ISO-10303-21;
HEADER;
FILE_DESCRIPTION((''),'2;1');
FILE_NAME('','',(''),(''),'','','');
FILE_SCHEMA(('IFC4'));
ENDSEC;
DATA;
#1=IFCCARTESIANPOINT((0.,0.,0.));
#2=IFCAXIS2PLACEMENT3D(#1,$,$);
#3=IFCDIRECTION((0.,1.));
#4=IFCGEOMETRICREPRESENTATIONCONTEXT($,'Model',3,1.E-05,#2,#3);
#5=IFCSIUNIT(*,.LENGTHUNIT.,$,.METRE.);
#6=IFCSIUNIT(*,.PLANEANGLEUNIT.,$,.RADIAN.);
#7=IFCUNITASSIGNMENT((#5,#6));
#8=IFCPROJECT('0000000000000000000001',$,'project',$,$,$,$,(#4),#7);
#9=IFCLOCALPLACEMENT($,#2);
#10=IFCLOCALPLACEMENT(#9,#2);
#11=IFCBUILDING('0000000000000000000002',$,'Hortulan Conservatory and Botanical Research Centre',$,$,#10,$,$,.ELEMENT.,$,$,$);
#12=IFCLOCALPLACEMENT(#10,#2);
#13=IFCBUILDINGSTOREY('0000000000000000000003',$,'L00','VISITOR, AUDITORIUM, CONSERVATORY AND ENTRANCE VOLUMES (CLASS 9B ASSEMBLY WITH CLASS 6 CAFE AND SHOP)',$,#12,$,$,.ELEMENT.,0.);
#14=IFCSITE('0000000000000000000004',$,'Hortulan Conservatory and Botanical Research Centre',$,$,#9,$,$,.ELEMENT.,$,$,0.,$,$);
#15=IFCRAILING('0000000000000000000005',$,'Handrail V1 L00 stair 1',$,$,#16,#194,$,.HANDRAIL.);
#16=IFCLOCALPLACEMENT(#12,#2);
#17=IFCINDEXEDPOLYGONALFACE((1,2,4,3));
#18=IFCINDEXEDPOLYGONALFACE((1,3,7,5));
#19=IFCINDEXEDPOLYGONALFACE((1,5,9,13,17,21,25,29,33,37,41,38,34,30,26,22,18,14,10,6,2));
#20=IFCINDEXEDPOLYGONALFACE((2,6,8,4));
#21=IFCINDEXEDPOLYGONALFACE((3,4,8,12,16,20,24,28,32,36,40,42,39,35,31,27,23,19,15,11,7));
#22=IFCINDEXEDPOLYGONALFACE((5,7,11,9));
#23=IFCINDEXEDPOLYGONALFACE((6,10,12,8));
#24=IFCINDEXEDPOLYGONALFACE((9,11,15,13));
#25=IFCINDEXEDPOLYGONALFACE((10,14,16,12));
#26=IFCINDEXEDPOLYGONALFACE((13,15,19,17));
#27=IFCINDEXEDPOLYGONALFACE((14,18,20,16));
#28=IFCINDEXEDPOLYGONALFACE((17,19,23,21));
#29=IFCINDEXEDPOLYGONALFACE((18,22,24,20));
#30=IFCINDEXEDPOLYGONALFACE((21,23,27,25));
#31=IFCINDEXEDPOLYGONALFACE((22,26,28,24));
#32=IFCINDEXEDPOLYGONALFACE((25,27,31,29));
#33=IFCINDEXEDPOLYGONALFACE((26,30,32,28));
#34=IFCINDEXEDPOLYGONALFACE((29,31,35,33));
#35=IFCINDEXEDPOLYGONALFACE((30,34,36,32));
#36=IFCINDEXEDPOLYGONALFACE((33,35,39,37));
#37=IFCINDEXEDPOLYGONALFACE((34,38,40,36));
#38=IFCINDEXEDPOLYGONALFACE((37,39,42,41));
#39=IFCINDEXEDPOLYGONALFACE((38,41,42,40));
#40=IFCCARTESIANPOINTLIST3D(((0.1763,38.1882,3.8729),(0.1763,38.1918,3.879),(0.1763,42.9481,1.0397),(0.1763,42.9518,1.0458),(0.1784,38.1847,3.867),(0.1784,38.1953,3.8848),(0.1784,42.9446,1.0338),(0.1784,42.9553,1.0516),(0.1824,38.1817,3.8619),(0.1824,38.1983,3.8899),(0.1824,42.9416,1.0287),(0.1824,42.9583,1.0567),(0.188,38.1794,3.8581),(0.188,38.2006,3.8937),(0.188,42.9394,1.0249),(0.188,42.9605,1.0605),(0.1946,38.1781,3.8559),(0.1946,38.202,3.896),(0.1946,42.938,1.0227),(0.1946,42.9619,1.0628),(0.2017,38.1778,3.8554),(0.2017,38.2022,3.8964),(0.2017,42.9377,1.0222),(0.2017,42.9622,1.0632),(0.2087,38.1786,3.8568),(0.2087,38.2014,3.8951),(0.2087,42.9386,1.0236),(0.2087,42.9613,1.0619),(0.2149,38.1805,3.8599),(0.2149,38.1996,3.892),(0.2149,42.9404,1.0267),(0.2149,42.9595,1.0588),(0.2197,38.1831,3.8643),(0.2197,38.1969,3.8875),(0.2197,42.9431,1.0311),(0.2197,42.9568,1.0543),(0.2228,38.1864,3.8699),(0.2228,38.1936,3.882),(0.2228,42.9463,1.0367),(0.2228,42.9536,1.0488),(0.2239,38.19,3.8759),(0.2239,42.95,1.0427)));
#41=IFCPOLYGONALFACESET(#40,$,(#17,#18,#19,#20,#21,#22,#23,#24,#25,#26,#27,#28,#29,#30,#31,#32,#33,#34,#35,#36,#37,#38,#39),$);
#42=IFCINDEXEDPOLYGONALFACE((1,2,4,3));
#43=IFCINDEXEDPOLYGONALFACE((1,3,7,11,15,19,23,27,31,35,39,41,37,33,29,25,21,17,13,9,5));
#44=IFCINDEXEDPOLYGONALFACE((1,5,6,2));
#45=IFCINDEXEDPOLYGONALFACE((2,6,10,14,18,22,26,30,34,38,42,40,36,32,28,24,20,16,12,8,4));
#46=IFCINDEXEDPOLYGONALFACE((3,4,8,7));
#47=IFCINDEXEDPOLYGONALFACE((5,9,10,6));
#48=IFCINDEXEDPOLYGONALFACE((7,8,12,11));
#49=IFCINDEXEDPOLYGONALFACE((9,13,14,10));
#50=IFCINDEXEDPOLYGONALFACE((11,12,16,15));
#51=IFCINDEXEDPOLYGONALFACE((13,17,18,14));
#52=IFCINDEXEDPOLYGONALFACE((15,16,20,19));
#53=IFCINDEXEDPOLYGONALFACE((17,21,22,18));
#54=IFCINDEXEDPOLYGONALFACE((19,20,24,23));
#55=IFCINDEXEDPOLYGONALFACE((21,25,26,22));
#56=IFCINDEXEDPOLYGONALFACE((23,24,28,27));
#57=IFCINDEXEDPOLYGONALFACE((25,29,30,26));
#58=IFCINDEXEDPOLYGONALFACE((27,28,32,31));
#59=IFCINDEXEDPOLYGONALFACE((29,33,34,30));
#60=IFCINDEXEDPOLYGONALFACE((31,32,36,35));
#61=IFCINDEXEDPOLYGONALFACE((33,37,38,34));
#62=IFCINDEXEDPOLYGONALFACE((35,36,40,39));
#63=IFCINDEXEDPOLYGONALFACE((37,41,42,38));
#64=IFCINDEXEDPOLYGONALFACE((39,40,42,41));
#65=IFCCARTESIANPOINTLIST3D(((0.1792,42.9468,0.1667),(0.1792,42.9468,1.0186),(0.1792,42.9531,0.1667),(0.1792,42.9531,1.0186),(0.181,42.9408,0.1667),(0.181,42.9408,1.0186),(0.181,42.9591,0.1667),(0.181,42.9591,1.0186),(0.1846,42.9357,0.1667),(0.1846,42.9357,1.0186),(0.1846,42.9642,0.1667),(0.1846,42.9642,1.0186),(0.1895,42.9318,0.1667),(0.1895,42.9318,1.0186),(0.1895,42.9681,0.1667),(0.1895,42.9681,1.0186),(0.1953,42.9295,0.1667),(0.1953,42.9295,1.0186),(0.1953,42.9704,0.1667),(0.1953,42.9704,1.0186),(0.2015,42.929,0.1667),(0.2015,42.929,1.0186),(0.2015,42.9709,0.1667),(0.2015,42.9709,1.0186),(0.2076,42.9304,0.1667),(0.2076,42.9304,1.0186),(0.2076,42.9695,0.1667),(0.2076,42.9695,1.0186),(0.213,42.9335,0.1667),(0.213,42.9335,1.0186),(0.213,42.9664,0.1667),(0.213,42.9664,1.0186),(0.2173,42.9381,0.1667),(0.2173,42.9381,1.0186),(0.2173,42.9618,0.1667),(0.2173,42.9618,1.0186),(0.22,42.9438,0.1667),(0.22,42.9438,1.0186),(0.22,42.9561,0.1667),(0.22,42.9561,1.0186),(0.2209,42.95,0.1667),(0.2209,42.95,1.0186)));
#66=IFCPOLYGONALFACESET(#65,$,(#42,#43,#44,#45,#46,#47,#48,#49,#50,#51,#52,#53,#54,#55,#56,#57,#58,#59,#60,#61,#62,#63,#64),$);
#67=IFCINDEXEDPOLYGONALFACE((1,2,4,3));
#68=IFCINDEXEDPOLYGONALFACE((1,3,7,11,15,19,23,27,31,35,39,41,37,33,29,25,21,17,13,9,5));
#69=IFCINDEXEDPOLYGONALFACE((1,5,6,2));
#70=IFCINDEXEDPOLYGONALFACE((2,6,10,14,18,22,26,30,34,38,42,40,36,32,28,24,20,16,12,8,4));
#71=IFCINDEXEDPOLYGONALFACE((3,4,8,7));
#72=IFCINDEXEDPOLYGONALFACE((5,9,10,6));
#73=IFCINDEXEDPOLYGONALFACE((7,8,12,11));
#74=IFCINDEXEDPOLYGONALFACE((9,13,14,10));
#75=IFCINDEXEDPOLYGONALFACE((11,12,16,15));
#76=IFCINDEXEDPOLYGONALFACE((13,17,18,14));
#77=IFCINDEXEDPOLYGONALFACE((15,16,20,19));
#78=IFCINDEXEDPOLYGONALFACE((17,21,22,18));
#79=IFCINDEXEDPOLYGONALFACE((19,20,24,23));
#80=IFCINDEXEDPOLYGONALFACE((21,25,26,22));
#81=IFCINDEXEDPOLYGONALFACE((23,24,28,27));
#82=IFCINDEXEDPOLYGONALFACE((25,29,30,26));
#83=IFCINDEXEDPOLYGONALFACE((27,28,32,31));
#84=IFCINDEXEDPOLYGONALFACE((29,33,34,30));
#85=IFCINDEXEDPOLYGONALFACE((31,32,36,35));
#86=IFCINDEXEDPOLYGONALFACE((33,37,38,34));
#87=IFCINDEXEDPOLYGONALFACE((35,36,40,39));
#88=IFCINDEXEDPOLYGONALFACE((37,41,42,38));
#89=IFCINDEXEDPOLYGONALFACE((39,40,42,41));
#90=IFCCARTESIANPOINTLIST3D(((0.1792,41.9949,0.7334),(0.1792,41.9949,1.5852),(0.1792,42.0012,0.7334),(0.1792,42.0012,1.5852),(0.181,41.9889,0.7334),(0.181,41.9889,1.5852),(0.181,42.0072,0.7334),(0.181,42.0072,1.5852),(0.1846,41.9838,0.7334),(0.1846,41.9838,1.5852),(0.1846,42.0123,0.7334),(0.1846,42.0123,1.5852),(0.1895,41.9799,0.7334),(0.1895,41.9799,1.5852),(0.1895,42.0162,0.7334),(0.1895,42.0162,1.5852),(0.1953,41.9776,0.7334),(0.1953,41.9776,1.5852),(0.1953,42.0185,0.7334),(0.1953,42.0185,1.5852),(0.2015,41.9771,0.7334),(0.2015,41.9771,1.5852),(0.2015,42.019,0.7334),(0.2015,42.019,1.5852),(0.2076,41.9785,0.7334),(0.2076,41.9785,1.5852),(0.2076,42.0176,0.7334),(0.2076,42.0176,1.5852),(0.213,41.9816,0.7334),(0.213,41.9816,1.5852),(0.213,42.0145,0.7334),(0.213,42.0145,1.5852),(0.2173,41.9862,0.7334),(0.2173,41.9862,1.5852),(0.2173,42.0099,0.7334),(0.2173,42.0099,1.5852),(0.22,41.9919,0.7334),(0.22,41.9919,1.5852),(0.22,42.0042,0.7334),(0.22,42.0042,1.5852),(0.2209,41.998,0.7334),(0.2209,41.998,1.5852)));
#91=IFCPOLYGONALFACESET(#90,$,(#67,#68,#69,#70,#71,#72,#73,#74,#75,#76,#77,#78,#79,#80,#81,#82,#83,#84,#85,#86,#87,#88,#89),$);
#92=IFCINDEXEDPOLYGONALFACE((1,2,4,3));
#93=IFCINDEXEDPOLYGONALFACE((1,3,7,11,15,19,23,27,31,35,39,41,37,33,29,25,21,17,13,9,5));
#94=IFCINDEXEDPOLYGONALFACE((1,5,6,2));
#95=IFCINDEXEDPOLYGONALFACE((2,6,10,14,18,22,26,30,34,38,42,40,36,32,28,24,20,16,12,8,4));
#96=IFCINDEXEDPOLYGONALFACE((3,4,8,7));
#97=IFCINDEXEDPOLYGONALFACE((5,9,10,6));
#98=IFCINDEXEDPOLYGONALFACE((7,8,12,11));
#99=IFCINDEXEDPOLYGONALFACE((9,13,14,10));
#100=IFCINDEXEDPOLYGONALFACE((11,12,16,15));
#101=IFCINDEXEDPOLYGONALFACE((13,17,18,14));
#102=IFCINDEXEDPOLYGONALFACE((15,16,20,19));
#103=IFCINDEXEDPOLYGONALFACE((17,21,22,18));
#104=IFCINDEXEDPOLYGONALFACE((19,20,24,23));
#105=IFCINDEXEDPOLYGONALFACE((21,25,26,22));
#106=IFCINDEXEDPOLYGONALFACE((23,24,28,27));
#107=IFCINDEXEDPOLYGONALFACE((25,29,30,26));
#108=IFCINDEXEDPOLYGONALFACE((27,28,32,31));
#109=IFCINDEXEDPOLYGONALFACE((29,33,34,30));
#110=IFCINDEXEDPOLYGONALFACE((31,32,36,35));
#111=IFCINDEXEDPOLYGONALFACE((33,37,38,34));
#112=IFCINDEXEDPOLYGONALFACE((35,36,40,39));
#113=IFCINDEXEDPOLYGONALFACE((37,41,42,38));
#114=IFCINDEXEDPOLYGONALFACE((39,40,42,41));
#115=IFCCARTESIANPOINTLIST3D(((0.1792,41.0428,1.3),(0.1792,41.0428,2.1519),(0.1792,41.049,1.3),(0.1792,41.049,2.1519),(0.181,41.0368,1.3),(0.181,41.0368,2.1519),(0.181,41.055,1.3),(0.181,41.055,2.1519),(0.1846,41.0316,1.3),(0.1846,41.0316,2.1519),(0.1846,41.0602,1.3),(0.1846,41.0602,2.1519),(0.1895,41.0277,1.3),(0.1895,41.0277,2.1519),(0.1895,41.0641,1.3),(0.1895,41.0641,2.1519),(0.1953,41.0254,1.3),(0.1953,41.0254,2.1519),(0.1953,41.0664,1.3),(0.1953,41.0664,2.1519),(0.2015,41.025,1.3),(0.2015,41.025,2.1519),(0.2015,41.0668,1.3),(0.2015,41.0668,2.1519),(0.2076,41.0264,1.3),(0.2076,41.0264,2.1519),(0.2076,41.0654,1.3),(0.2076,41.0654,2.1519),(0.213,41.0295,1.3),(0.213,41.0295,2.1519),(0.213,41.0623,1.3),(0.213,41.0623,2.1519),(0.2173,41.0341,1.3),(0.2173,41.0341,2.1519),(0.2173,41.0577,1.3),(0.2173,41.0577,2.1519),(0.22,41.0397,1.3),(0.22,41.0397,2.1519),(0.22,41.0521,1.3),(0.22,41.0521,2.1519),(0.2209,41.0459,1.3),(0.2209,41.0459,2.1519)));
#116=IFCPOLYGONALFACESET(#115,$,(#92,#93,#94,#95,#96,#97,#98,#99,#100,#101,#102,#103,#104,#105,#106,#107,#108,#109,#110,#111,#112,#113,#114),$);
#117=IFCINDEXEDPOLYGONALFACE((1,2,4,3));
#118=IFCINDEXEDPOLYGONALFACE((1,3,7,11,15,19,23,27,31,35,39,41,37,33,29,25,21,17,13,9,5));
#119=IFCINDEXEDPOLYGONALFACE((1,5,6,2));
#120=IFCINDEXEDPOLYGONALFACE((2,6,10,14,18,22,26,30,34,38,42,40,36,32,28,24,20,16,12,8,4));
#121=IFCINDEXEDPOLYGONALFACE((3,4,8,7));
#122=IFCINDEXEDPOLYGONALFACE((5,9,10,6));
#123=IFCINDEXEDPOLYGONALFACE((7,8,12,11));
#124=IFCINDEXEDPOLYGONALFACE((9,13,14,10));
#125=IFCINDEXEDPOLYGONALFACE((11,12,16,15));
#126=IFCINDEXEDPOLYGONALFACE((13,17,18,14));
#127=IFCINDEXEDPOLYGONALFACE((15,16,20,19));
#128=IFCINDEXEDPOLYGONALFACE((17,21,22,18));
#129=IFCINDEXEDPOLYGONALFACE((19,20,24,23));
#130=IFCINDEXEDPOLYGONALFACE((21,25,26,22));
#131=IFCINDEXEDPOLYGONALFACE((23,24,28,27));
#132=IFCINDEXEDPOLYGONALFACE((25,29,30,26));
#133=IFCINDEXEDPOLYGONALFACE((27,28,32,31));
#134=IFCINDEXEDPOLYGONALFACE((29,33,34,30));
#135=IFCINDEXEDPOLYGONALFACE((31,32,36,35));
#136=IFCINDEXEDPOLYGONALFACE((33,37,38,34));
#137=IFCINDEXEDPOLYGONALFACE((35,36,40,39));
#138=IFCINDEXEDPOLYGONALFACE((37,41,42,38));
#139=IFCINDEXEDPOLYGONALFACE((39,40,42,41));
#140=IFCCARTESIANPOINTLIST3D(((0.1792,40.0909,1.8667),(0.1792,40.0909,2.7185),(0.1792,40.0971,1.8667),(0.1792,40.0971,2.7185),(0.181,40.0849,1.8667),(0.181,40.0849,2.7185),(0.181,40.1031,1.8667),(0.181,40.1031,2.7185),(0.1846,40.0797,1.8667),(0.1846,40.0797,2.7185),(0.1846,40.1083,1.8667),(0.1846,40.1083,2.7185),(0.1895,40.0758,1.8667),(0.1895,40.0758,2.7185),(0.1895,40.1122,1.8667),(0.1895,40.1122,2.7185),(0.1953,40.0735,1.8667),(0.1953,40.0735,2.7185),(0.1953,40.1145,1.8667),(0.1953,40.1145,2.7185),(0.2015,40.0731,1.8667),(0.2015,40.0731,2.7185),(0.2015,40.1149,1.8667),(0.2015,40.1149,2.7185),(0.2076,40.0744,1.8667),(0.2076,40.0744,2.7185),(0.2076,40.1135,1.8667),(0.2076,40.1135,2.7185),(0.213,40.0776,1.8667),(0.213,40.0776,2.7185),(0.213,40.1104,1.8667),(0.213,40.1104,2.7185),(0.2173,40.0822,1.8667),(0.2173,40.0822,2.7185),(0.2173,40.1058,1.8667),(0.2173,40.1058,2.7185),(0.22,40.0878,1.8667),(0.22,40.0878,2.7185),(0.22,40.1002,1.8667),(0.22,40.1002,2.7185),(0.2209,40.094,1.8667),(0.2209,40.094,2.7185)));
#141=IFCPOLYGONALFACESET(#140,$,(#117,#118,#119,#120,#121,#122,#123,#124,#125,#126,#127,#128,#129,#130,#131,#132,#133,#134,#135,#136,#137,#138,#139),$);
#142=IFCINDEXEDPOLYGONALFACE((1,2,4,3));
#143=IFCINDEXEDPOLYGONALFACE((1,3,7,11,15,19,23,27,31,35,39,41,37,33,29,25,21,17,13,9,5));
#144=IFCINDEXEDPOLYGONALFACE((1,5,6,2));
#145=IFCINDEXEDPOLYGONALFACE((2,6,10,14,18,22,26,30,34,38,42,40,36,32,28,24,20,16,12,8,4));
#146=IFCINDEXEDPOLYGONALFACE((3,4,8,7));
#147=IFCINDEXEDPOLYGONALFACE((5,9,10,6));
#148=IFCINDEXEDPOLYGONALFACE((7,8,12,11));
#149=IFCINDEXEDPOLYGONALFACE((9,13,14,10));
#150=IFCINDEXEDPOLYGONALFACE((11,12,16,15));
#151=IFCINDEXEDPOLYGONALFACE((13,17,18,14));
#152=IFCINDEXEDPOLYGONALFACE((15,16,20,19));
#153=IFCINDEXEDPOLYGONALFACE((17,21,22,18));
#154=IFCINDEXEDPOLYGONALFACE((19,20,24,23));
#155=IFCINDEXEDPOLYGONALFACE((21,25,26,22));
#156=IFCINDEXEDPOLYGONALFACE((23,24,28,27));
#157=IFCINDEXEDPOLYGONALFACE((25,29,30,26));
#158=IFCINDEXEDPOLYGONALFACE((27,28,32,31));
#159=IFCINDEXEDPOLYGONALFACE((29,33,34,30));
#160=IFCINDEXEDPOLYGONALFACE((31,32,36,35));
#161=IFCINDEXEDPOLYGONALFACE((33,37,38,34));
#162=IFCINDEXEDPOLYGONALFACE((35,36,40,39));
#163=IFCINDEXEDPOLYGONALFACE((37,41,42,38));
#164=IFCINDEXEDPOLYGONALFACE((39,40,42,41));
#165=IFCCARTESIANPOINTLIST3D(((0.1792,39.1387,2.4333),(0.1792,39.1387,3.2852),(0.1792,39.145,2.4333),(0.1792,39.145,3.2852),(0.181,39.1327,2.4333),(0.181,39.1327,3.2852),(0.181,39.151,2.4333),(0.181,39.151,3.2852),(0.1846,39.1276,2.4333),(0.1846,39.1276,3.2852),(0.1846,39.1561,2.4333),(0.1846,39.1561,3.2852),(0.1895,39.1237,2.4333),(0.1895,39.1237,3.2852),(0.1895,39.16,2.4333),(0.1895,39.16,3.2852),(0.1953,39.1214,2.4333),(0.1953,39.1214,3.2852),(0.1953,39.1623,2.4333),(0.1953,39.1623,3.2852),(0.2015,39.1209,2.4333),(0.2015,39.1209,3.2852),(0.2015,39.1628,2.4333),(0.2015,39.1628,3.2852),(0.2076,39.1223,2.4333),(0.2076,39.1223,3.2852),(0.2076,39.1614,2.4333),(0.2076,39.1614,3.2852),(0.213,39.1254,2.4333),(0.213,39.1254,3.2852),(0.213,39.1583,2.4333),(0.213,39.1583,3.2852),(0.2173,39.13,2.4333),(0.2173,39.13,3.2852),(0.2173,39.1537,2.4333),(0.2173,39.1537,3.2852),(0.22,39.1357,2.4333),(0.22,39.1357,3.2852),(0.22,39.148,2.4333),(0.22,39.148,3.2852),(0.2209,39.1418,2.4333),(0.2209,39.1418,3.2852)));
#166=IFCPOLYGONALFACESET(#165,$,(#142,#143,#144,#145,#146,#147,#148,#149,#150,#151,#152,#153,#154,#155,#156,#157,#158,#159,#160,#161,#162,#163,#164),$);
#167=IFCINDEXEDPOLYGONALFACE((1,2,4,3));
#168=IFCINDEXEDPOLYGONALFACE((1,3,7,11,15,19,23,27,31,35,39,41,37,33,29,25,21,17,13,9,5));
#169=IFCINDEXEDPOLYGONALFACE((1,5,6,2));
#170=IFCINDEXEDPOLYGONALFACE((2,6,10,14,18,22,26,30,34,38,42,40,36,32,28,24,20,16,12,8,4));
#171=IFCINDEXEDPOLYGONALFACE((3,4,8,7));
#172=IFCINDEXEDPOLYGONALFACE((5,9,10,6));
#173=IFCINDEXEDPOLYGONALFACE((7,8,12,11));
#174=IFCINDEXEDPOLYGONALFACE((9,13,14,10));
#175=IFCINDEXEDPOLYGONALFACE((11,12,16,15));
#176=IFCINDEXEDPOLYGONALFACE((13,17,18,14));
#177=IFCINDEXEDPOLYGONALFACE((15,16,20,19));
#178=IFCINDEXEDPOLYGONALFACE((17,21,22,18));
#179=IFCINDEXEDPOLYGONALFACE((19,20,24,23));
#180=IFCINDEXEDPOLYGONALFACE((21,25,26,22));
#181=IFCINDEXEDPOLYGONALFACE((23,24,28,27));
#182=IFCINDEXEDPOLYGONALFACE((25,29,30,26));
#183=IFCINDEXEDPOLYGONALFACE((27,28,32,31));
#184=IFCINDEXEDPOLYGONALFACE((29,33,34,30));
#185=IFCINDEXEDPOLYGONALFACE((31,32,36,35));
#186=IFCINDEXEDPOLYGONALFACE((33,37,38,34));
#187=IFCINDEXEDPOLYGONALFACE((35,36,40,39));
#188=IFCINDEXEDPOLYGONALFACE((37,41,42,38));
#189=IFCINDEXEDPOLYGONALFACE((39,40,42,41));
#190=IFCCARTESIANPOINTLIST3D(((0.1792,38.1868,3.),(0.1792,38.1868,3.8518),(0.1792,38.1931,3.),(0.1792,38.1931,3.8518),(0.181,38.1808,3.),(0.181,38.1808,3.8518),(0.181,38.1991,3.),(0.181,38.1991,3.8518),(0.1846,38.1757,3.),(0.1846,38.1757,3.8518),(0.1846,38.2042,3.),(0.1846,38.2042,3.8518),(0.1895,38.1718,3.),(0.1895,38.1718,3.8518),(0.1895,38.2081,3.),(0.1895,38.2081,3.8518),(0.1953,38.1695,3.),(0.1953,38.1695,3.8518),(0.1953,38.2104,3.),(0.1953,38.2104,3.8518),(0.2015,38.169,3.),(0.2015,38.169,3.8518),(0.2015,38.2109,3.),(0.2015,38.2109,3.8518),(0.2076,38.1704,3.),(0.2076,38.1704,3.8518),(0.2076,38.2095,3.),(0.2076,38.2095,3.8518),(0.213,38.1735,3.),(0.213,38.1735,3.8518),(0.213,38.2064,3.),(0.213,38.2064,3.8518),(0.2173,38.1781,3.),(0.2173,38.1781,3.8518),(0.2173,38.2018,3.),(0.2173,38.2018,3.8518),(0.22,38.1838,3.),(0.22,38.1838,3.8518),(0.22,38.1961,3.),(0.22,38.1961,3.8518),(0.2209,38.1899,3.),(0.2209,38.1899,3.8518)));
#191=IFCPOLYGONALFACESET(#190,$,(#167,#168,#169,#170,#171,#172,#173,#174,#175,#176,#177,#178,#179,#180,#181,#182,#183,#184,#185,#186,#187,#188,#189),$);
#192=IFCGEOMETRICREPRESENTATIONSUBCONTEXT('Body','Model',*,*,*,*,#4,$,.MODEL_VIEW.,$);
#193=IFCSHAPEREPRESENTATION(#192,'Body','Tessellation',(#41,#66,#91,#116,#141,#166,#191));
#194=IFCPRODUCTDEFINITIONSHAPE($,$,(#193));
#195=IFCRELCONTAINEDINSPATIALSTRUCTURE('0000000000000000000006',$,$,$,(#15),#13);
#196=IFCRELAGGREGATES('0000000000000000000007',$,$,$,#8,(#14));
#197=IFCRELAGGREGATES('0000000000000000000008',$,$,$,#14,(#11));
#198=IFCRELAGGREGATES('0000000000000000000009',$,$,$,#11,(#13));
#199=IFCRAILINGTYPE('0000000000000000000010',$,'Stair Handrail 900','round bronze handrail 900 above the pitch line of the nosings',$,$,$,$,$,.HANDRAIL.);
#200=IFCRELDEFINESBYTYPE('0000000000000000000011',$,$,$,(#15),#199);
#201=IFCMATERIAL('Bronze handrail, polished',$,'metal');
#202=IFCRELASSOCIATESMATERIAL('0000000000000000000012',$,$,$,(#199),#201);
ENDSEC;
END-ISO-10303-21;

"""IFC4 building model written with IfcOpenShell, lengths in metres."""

from ifc_helpers import new_model, si_unit, direction, frame, origin, origin_2d, place, context, subcontext, project, spatial, circle, extrude, material, type_object, element, save


model = new_model("IFC4")

# Units and contexts
model_context = context("Model", 3, precision=1e-05, world=origin(), true_north=direction((0.0, 1.0)))
body_context = subcontext(model_context, "Body", "Model", "MODEL_VIEW")
ifc_project = project(units=[si_unit("LENGTHUNIT", "METRE"), si_unit("PLANEANGLEUNIT", "RADIAN")], contexts=[model_context])

# Site, building, storey
site_placement = place(None, origin())
site = spatial("IfcSite", under=ifc_project, at=site_placement, Name="Hortulan Conservatory and Botanical Research Centre", CompositionType="ELEMENT", RefElevation=0.0)
building_placement = place(site_placement, origin())
building = spatial("IfcBuilding", under=site, at=building_placement, Name="Hortulan Conservatory and Botanical Research Centre", CompositionType="ELEMENT")
storey_placement = place(building_placement, origin())
storey = spatial("IfcBuildingStorey", under=building, at=storey_placement, Name="L00", Description="VISITOR, AUDITORIUM, CONSERVATORY AND ENTRANCE VOLUMES (CLASS 9B ASSEMBLY WITH CLASS 6 CAFE AND SHOP)", CompositionType="ELEMENT", Elevation=0.0)

# Railing
ifc_material_1 = material(Name="Bronze handrail, polished", Category="metal")
railing_type_1 = type_object("IfcRailingType", Name="Stair Handrail 900", Description="round bronze handrail 900 above the pitch line of the nosings", PredefinedType="HANDRAIL", material=ifc_material_1)
railing_1_placement = place(storey_placement, frame((0.2, 42.95, 0.1667)))
element("IfcRailing", 1, at=railing_1_placement, inside=storey, type_object=railing_type_1, Name="Handrail V1 L00 stair 1", PredefinedType="HANDRAIL", context=body_context, shape_type="SweptSolid", body=[
    extrude(circle(Radius=0.0239, at=origin_2d()), frame((0.0, 0.0, 0.876), z_axis=(0.0, -0.8593, 0.511472), x_axis=(1.0, 0.0, 0.0)), (0.0, 0.0, 1.0), 5.5393),
    extrude(circle(Radius=0.021, at=origin_2d()), origin(), (0.0, 0.0, 1.0), 0.8518),
    extrude(circle(Radius=0.021, at=origin_2d()), frame((0.0, -0.9519, 0.5667)), (0.0, 0.0, 1.0), 0.8518),
    extrude(circle(Radius=0.021, at=origin_2d()), frame((0.0, -1.9041, 1.1333)), (0.0, 0.0, 1.0), 0.8518),
    extrude(circle(Radius=0.021, at=origin_2d()), frame((0.0, -2.856, 1.7)), (0.0, 0.0, 1.0), 0.8518),
    extrude(circle(Radius=0.021, at=origin_2d()), frame((0.0, -3.8081, 2.2666)), (0.0, 0.0, 1.0), 0.8518),
    extrude(circle(Radius=0.021, at=origin_2d()), frame((0.0, -4.76, 2.8333)), (0.0, 0.0, 1.0), 0.8518),
])

save(model, "model.ifc")
